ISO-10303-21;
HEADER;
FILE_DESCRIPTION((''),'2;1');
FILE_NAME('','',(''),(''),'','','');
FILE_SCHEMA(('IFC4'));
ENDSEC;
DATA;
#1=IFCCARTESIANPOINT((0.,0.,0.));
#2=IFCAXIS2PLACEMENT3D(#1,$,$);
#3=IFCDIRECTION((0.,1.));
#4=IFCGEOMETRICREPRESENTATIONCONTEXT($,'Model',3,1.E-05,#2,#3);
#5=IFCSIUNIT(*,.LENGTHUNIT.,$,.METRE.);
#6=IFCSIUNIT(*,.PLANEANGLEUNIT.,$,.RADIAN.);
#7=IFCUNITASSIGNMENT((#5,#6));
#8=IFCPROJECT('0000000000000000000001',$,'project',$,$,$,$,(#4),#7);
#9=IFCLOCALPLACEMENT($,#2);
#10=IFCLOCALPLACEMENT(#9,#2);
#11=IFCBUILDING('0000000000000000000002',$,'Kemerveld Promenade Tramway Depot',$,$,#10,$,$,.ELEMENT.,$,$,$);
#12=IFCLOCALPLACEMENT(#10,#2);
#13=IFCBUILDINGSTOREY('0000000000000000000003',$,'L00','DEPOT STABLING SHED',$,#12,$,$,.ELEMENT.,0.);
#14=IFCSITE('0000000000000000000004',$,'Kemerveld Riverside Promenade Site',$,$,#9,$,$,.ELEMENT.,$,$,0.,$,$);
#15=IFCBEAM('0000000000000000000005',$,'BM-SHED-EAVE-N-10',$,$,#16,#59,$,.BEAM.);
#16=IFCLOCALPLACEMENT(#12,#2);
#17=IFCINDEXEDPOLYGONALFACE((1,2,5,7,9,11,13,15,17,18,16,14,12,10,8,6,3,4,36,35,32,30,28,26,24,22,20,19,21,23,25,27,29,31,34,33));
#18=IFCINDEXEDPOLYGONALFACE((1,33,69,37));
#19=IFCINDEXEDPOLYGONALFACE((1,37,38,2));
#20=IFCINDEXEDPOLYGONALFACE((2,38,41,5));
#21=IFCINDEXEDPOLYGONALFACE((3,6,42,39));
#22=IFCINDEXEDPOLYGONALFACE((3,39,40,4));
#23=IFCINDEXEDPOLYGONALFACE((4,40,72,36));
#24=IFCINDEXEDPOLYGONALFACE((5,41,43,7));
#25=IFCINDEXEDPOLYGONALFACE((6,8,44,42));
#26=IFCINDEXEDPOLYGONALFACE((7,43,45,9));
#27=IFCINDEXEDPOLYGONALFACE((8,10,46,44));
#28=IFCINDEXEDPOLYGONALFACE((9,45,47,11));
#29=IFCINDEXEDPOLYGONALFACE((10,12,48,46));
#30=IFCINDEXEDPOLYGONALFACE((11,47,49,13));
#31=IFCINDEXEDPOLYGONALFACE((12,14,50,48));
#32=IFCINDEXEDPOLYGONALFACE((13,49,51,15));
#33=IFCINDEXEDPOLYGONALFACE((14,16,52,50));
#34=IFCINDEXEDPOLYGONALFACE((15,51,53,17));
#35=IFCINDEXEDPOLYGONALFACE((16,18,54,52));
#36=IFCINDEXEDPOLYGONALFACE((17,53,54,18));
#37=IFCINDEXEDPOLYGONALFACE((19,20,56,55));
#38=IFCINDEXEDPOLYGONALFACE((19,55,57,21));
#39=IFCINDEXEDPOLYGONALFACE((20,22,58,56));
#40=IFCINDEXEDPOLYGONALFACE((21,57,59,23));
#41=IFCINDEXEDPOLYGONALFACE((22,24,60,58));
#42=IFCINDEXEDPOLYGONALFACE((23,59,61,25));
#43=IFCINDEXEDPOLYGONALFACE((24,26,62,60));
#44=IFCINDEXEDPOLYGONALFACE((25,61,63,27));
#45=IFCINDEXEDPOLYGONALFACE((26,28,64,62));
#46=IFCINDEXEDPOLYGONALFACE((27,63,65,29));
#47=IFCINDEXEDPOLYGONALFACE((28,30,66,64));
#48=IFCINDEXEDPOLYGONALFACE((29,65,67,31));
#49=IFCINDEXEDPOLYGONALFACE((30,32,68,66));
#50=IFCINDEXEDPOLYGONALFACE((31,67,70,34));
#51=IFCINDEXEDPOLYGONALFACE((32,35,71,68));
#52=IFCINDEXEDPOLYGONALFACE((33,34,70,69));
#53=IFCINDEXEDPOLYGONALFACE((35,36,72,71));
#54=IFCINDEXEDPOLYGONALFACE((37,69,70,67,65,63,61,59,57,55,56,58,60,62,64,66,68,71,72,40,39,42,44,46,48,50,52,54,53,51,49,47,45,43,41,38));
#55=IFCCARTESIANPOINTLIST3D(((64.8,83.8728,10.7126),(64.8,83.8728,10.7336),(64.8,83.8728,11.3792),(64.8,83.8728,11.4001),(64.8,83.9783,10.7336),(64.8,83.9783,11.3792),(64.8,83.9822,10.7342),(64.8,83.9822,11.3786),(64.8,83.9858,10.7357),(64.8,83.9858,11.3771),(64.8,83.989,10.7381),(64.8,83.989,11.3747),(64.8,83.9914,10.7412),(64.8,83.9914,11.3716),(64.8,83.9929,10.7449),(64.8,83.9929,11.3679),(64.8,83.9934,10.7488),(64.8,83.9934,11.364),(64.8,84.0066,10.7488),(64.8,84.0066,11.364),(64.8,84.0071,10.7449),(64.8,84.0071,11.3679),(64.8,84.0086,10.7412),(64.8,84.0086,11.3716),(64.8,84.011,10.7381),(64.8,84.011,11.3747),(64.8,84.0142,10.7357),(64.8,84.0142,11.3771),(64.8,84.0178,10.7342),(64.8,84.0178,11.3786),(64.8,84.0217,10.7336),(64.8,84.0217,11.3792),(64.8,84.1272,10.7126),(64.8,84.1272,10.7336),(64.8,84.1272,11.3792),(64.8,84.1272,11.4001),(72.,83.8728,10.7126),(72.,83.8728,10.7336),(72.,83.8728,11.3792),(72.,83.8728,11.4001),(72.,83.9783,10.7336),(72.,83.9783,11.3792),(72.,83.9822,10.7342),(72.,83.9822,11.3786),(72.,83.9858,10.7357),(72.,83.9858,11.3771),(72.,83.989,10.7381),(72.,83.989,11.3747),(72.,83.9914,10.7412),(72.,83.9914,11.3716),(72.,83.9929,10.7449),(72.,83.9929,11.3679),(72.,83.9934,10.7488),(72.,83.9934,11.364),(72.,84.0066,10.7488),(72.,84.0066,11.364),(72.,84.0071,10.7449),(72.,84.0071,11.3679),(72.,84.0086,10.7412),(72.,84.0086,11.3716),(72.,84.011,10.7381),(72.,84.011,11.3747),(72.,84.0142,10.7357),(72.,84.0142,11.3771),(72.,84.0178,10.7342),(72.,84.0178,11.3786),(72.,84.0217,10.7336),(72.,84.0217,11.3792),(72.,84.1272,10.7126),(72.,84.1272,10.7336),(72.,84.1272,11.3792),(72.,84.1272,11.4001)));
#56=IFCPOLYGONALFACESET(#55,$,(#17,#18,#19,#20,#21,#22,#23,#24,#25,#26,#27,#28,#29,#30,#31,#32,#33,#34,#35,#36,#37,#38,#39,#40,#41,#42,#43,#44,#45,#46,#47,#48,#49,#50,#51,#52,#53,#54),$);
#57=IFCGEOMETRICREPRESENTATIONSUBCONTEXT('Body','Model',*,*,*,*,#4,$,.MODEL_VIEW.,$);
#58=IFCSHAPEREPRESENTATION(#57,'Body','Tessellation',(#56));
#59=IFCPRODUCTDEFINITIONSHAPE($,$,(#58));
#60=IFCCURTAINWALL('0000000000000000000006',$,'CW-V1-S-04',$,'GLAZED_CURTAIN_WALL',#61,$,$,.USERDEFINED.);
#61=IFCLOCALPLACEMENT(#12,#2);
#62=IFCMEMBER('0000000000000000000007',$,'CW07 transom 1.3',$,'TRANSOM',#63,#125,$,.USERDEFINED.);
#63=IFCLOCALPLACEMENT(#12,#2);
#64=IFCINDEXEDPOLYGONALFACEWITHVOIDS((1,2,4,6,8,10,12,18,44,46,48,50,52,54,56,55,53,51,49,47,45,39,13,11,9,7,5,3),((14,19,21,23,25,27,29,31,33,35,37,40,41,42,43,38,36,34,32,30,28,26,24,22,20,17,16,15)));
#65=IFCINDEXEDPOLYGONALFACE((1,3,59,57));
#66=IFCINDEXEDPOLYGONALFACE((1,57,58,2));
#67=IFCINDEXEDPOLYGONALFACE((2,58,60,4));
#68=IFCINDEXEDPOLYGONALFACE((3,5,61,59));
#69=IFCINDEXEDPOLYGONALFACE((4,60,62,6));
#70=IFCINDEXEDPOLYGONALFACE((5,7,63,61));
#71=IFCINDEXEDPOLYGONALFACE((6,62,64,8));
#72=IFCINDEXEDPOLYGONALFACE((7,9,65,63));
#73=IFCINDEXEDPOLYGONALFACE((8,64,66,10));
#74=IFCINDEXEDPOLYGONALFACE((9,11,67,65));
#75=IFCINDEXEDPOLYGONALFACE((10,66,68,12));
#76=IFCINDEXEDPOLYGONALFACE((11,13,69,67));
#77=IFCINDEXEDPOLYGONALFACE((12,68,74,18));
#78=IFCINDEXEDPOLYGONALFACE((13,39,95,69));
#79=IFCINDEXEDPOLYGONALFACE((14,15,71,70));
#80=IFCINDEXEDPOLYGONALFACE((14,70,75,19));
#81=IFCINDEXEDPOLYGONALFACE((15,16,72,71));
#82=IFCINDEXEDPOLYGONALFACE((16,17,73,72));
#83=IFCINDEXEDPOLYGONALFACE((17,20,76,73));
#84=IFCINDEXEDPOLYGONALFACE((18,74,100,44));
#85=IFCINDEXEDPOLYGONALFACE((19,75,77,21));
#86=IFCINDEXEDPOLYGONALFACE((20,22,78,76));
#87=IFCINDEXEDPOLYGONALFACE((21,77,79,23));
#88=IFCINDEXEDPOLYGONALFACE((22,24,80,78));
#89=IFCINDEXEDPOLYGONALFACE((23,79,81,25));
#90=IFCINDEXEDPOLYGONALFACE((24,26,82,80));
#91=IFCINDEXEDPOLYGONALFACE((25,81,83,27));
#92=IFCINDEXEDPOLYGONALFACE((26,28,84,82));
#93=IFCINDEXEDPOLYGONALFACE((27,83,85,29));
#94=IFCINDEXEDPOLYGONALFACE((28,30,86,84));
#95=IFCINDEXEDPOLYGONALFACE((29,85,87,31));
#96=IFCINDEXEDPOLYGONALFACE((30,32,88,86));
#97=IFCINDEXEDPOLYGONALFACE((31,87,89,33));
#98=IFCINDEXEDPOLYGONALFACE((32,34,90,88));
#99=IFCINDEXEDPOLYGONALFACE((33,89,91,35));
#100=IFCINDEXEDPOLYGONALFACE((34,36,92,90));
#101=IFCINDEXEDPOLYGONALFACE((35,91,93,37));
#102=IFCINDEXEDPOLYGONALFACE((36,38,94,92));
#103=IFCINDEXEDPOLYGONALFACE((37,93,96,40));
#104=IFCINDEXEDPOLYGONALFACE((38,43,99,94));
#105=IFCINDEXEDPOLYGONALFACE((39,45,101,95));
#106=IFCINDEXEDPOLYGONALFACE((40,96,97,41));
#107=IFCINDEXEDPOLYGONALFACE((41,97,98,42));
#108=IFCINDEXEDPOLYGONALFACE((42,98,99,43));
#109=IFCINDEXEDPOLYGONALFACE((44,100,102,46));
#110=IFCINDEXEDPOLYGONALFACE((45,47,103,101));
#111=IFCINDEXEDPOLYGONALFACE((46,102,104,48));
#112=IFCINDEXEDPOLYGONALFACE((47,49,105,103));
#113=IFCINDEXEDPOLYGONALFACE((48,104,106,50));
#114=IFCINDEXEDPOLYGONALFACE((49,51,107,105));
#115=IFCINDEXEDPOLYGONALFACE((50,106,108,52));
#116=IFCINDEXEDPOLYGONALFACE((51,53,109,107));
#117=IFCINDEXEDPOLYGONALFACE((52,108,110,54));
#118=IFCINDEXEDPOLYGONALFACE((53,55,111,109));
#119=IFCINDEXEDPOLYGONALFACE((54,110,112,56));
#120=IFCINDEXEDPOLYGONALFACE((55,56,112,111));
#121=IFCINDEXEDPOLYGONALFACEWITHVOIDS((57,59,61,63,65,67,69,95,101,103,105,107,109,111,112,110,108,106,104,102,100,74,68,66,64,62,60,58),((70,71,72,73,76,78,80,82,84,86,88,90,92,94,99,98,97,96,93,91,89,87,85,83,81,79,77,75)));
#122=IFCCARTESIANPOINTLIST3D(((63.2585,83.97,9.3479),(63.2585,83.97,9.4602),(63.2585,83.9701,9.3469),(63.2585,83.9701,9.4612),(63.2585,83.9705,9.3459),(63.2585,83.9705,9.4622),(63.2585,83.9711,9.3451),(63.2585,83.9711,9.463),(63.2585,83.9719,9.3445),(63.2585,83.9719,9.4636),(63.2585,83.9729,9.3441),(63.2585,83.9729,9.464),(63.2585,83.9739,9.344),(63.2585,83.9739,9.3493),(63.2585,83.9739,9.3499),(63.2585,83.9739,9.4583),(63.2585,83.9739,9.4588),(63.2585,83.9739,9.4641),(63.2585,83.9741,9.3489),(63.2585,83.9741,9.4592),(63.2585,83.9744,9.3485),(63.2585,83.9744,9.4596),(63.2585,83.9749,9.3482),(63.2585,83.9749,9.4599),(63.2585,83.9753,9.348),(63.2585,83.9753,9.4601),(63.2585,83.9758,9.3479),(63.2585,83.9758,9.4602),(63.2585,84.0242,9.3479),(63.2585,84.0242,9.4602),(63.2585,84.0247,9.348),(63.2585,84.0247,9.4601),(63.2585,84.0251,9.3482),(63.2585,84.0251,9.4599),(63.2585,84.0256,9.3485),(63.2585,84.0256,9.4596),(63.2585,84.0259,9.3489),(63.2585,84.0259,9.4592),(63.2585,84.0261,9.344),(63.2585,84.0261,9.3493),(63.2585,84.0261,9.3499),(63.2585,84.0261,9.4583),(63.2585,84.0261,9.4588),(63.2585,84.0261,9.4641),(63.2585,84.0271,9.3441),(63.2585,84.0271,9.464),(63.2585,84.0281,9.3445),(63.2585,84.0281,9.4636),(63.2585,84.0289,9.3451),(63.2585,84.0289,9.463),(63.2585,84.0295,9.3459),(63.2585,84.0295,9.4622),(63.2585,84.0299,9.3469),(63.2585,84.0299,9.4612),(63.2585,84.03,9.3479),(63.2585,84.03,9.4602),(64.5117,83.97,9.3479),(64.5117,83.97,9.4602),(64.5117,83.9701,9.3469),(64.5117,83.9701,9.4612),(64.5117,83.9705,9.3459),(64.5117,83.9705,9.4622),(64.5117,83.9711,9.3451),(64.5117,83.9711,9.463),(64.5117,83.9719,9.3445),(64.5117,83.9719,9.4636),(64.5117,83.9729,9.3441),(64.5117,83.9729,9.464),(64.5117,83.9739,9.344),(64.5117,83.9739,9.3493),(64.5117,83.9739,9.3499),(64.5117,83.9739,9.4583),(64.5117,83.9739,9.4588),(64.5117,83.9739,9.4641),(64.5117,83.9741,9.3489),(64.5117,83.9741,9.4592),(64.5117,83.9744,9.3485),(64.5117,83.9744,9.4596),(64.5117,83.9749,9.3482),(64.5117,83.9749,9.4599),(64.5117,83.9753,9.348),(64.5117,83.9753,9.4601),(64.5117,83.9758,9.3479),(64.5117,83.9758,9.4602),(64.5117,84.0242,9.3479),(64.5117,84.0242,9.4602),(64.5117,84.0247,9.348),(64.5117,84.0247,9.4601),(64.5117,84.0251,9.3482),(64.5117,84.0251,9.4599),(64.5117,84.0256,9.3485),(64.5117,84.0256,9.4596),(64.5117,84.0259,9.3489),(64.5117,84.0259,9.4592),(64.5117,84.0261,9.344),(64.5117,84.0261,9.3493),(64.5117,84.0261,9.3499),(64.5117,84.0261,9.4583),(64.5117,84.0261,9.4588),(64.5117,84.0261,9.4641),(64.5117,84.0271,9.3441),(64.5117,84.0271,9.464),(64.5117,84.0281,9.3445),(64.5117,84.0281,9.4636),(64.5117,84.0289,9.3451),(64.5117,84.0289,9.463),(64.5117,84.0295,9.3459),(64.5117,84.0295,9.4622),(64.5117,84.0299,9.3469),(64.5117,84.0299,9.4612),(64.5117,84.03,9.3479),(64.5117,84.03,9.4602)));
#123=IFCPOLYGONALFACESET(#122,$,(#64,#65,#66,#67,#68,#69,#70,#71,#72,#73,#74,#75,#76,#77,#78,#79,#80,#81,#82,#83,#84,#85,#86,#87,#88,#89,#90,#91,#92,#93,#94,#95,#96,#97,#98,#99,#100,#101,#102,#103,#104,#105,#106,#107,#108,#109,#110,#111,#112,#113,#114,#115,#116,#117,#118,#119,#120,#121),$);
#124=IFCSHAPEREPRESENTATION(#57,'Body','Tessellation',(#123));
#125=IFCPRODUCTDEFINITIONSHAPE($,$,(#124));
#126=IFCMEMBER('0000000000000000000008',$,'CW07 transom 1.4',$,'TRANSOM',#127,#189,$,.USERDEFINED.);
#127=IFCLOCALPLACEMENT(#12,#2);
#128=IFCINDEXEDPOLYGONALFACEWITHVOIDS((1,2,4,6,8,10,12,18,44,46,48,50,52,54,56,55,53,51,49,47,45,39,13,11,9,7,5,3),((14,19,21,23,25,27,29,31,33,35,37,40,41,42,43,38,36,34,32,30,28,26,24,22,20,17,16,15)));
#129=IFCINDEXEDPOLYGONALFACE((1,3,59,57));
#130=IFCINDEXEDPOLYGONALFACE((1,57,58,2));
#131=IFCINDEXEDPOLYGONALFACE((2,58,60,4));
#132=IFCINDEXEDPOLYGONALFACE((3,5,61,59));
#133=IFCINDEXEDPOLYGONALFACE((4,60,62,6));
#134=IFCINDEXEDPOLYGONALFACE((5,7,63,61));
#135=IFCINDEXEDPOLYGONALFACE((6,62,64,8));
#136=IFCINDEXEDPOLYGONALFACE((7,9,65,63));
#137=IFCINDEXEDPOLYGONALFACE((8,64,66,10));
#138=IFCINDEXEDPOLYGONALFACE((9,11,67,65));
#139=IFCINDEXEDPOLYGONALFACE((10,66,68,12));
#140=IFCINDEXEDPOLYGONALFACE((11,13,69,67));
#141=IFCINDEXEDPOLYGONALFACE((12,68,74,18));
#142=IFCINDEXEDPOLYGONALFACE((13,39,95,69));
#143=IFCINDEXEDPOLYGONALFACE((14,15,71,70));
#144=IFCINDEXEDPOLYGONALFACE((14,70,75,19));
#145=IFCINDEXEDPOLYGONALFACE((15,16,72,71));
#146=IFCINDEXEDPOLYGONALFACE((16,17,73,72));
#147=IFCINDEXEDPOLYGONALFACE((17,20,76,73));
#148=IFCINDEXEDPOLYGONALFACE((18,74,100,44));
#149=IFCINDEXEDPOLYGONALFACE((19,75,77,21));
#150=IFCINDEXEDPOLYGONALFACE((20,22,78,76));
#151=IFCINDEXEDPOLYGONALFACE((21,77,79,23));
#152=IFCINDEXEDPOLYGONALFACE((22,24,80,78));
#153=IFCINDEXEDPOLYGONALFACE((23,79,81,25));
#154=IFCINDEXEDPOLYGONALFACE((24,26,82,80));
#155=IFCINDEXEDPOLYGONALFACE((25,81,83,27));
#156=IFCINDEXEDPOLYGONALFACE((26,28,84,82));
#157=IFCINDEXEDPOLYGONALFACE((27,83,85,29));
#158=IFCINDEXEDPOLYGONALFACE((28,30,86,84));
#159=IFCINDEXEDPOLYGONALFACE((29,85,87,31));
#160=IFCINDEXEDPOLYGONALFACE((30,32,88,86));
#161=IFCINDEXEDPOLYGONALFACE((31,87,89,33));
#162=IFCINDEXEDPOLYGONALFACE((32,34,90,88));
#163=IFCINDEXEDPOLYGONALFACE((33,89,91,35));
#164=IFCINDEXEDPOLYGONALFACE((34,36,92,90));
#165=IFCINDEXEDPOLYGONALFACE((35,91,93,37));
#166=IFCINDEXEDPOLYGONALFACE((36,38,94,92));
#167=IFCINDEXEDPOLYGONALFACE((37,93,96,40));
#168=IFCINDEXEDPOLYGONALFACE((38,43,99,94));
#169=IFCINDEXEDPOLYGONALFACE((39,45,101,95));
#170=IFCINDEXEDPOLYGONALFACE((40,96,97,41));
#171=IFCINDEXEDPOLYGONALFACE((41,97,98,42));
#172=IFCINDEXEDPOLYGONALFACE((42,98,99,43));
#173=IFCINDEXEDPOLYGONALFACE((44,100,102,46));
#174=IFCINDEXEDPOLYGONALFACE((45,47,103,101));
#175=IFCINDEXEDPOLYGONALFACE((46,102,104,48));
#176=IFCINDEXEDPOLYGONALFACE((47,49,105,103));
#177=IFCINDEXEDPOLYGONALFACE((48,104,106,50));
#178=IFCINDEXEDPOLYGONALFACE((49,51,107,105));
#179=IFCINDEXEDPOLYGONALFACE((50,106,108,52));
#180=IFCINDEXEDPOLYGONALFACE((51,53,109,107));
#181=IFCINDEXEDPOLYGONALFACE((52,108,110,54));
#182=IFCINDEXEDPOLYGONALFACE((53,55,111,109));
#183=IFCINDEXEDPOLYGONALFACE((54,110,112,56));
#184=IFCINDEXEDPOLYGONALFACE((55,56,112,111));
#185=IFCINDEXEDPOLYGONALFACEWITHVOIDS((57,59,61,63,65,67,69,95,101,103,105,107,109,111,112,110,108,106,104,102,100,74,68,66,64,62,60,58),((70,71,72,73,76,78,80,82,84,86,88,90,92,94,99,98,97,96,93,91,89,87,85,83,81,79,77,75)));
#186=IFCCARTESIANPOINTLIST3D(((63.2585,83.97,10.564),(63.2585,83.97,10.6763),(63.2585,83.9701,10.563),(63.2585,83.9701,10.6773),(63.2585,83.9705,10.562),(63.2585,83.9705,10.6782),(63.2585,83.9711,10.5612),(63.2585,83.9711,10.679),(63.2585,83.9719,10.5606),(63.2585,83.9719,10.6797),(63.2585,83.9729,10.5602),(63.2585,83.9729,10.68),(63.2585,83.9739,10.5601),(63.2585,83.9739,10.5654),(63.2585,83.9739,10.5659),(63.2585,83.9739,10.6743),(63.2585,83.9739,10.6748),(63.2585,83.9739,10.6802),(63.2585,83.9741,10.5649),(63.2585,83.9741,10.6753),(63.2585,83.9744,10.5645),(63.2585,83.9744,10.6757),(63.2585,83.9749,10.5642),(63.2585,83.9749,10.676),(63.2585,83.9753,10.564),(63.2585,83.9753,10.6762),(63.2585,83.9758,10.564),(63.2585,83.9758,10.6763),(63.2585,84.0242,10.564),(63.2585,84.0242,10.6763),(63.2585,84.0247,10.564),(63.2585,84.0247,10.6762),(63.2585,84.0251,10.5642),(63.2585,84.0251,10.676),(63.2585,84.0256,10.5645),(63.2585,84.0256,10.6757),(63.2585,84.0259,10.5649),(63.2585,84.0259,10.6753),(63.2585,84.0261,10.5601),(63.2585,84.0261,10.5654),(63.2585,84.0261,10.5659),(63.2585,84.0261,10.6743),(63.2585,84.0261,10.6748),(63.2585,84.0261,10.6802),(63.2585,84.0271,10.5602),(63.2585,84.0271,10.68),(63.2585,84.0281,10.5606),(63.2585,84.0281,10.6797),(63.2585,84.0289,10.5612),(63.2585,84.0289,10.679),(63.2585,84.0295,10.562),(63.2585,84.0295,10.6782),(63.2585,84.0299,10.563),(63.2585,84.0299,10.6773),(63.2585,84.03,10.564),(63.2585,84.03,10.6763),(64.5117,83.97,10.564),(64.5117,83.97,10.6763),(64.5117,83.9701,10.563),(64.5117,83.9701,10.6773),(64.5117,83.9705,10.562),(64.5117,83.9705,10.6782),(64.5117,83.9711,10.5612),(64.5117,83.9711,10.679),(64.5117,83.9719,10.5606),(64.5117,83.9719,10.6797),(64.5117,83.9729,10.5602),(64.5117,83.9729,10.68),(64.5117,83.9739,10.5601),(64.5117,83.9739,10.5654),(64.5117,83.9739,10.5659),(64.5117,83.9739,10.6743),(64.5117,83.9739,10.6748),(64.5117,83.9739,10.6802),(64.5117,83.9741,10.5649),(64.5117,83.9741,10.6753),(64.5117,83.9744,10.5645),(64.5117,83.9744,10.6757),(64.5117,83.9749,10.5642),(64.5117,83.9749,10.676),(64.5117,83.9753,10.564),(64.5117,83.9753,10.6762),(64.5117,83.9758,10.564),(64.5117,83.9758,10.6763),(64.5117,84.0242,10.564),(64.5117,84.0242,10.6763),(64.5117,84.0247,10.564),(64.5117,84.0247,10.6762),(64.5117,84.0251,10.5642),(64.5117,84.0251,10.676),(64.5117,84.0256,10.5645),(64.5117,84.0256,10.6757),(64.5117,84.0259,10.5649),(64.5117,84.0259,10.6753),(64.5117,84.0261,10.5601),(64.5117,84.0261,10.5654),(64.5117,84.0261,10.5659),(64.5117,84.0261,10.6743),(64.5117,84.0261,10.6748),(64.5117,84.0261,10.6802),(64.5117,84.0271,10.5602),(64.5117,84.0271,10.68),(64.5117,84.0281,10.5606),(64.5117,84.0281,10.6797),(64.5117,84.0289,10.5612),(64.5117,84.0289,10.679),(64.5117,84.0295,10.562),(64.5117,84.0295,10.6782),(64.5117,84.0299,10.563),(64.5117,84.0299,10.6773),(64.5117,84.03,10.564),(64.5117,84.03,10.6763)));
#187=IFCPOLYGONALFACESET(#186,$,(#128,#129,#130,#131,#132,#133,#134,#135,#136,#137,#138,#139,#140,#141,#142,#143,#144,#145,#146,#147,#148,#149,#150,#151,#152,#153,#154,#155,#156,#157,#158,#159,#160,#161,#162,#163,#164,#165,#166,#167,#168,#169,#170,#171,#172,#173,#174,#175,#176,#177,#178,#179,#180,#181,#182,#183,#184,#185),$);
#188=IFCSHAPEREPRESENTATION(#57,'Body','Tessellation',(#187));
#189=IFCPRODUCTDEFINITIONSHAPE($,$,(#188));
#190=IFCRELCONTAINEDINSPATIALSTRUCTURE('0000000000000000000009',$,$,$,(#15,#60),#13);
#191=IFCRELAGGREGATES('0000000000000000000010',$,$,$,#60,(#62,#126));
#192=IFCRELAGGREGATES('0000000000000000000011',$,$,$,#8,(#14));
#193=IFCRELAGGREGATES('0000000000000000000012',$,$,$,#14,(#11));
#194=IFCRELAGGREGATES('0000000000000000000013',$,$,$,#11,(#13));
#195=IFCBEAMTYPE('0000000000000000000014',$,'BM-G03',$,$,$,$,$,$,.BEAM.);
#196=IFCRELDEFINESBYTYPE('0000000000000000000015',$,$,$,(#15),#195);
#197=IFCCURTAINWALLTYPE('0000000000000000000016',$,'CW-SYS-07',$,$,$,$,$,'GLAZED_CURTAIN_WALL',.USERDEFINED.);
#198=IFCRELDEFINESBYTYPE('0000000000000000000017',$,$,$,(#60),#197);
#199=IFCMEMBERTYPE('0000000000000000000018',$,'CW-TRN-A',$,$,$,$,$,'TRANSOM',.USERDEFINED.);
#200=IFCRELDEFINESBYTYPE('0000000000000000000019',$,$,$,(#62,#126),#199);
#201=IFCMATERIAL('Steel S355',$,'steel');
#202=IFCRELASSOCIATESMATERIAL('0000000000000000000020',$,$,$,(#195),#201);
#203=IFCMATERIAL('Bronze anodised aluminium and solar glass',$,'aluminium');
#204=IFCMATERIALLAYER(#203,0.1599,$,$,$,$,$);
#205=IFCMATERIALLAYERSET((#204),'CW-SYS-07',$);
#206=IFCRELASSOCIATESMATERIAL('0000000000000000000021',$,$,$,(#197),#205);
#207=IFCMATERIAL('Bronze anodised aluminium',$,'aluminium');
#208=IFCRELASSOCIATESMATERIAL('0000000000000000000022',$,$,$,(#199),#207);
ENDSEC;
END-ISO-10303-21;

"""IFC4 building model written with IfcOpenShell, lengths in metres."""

from ifc_helpers import new_model, si_unit, direction, frame, origin, origin_2d, place, context, subcontext, project, spatial, hollow_rectangle, i_section, extrude, material, layer, layer_set, material_profile, profile_set, type_object, element, aggregate, save


model = new_model("IFC4")

# Units and contexts
model_context = context("Model", 3, precision=1e-05, world=origin(), true_north=direction((0.0, 1.0)))
body_context = subcontext(model_context, "Body", "Model", "MODEL_VIEW")
ifc_project = project(units=[si_unit("LENGTHUNIT", "METRE"), si_unit("PLANEANGLEUNIT", "RADIAN")], contexts=[model_context])

# Site, building, storey
site_placement = place(None, origin())
site = spatial("IfcSite", under=ifc_project, at=site_placement, Name="Kemerveld Riverside Promenade Site", CompositionType="ELEMENT", RefElevation=0.0)
building_placement = place(site_placement, origin())
building = spatial("IfcBuilding", under=site, at=building_placement, Name="Kemerveld Promenade Tramway Depot", CompositionType="ELEMENT")
storey_placement = place(building_placement, origin())
storey = spatial("IfcBuildingStorey", under=building, at=storey_placement, Name="L00", Description="DEPOT STABLING SHED", CompositionType="ELEMENT", Elevation=0.0)

# Beam
ifc_material_1 = material(Name="Steel S355", Category="steel")
ifc_material_profile_1 = material_profile(ifc_material_1, i_section(OverallWidth=0.2544, OverallDepth=0.6875, WebThickness=0.0132, FlangeThickness=0.021, FilletRadius=0.0151, at=origin_2d()), Name="686x254x152 UB")
ifc_profile_set_1 = profile_set([ifc_material_profile_1], Name="Steel S355")
beam_type = type_object("IfcBeamType", Name="BM-G03", PredefinedType="BEAM", material=ifc_profile_set_1)
beam_placement = place(storey_placement, frame((64.8, 84.0, 11.0564), z_axis=(1.0, 0.0, 0.0), x_axis=(0.0, 1.0, 0.0)))
element("IfcBeam", 1, at=beam_placement, inside=storey, type_object=beam_type, Name="BM-SHED-EAVE-N-10", PredefinedType="BEAM", context=body_context, shape_type="SweptSolid", body=[
    extrude(i_section(OverallWidth=0.2544, OverallDepth=0.6875, WebThickness=0.0132, FlangeThickness=0.021, FilletRadius=0.0151, at=origin_2d()), origin(), (0.0, 0.0, 1.0), 7.2),
])

# Curtain wall, members
ifc_material_2 = material(Name="Bronze anodised aluminium and solar glass", Category="aluminium")
ifc_layer_1 = layer(ifc_material_2, 0.1599)
ifc_layer_set_1 = layer_set([ifc_layer_1], Name="CW-SYS-07")
curtain_wall_type_1 = type_object("IfcCurtainWallType", Name="CW-SYS-07", ElementType="GLAZED_CURTAIN_WALL", PredefinedType="USERDEFINED", material=ifc_layer_set_1)
curtain_wall_1_placement = place(storey_placement, origin())
curtain_wall_1 = element("IfcCurtainWall", 2, at=curtain_wall_1_placement, inside=storey, type_object=curtain_wall_type_1, Name="CW-V1-S-04", ObjectType="GLAZED_CURTAIN_WALL", PredefinedType="USERDEFINED")
ifc_material_3 = material(Name="Bronze anodised aluminium", Category="aluminium")
ifc_material_profile_2 = material_profile(ifc_material_3, hollow_rectangle(XDim=0.0601, YDim=0.1201, WallThickness=0.0039, InnerFilletRadius=0.002, OuterFilletRadius=0.0039, at=origin_2d()), Name="CW-TRN-120x60")
ifc_profile_set_2 = profile_set([ifc_material_profile_2], Name="Bronze anodised aluminium")
member_type_1 = type_object("IfcMemberType", Name="CW-TRN-A", ElementType="TRANSOM", PredefinedType="USERDEFINED", material=ifc_profile_set_2)
member_1_placement = place(storey_placement, frame((64.5117, 84.0, 9.4041), z_axis=(-1.0, 0.0, 0.0), x_axis=(0.0, -1.0, 0.0)))
member_1 = element("IfcMember", 3, at=member_1_placement, type_object=member_type_1, Name="CW07 transom 1.3", ObjectType="TRANSOM", PredefinedType="USERDEFINED", context=body_context, shape_type="SweptSolid", body=[
    extrude(hollow_rectangle(XDim=0.0601, YDim=0.1201, WallThickness=0.0039, InnerFilletRadius=0.002, OuterFilletRadius=0.0039, at=origin_2d()), origin(), (0.0, 0.0, 1.0), 1.2532),
])
member_2_placement = place(storey_placement, frame((64.5117, 84.0, 10.6201), z_axis=(-1.0, 0.0, 0.0), x_axis=(0.0, -1.0, 0.0)))
member_2 = element("IfcMember", 4, at=member_2_placement, type_object=member_type_1, Name="CW07 transom 1.4", ObjectType="TRANSOM", PredefinedType="USERDEFINED", context=body_context, shape_type="SweptSolid", body=[
    extrude(hollow_rectangle(XDim=0.0601, YDim=0.1201, WallThickness=0.0039, InnerFilletRadius=0.002, OuterFilletRadius=0.0039, at=origin_2d()), origin(), (0.0, 0.0, 1.0), 1.2532),
])

aggregate(curtain_wall_1, [member_1, member_2])

save(model, "model.ifc")
